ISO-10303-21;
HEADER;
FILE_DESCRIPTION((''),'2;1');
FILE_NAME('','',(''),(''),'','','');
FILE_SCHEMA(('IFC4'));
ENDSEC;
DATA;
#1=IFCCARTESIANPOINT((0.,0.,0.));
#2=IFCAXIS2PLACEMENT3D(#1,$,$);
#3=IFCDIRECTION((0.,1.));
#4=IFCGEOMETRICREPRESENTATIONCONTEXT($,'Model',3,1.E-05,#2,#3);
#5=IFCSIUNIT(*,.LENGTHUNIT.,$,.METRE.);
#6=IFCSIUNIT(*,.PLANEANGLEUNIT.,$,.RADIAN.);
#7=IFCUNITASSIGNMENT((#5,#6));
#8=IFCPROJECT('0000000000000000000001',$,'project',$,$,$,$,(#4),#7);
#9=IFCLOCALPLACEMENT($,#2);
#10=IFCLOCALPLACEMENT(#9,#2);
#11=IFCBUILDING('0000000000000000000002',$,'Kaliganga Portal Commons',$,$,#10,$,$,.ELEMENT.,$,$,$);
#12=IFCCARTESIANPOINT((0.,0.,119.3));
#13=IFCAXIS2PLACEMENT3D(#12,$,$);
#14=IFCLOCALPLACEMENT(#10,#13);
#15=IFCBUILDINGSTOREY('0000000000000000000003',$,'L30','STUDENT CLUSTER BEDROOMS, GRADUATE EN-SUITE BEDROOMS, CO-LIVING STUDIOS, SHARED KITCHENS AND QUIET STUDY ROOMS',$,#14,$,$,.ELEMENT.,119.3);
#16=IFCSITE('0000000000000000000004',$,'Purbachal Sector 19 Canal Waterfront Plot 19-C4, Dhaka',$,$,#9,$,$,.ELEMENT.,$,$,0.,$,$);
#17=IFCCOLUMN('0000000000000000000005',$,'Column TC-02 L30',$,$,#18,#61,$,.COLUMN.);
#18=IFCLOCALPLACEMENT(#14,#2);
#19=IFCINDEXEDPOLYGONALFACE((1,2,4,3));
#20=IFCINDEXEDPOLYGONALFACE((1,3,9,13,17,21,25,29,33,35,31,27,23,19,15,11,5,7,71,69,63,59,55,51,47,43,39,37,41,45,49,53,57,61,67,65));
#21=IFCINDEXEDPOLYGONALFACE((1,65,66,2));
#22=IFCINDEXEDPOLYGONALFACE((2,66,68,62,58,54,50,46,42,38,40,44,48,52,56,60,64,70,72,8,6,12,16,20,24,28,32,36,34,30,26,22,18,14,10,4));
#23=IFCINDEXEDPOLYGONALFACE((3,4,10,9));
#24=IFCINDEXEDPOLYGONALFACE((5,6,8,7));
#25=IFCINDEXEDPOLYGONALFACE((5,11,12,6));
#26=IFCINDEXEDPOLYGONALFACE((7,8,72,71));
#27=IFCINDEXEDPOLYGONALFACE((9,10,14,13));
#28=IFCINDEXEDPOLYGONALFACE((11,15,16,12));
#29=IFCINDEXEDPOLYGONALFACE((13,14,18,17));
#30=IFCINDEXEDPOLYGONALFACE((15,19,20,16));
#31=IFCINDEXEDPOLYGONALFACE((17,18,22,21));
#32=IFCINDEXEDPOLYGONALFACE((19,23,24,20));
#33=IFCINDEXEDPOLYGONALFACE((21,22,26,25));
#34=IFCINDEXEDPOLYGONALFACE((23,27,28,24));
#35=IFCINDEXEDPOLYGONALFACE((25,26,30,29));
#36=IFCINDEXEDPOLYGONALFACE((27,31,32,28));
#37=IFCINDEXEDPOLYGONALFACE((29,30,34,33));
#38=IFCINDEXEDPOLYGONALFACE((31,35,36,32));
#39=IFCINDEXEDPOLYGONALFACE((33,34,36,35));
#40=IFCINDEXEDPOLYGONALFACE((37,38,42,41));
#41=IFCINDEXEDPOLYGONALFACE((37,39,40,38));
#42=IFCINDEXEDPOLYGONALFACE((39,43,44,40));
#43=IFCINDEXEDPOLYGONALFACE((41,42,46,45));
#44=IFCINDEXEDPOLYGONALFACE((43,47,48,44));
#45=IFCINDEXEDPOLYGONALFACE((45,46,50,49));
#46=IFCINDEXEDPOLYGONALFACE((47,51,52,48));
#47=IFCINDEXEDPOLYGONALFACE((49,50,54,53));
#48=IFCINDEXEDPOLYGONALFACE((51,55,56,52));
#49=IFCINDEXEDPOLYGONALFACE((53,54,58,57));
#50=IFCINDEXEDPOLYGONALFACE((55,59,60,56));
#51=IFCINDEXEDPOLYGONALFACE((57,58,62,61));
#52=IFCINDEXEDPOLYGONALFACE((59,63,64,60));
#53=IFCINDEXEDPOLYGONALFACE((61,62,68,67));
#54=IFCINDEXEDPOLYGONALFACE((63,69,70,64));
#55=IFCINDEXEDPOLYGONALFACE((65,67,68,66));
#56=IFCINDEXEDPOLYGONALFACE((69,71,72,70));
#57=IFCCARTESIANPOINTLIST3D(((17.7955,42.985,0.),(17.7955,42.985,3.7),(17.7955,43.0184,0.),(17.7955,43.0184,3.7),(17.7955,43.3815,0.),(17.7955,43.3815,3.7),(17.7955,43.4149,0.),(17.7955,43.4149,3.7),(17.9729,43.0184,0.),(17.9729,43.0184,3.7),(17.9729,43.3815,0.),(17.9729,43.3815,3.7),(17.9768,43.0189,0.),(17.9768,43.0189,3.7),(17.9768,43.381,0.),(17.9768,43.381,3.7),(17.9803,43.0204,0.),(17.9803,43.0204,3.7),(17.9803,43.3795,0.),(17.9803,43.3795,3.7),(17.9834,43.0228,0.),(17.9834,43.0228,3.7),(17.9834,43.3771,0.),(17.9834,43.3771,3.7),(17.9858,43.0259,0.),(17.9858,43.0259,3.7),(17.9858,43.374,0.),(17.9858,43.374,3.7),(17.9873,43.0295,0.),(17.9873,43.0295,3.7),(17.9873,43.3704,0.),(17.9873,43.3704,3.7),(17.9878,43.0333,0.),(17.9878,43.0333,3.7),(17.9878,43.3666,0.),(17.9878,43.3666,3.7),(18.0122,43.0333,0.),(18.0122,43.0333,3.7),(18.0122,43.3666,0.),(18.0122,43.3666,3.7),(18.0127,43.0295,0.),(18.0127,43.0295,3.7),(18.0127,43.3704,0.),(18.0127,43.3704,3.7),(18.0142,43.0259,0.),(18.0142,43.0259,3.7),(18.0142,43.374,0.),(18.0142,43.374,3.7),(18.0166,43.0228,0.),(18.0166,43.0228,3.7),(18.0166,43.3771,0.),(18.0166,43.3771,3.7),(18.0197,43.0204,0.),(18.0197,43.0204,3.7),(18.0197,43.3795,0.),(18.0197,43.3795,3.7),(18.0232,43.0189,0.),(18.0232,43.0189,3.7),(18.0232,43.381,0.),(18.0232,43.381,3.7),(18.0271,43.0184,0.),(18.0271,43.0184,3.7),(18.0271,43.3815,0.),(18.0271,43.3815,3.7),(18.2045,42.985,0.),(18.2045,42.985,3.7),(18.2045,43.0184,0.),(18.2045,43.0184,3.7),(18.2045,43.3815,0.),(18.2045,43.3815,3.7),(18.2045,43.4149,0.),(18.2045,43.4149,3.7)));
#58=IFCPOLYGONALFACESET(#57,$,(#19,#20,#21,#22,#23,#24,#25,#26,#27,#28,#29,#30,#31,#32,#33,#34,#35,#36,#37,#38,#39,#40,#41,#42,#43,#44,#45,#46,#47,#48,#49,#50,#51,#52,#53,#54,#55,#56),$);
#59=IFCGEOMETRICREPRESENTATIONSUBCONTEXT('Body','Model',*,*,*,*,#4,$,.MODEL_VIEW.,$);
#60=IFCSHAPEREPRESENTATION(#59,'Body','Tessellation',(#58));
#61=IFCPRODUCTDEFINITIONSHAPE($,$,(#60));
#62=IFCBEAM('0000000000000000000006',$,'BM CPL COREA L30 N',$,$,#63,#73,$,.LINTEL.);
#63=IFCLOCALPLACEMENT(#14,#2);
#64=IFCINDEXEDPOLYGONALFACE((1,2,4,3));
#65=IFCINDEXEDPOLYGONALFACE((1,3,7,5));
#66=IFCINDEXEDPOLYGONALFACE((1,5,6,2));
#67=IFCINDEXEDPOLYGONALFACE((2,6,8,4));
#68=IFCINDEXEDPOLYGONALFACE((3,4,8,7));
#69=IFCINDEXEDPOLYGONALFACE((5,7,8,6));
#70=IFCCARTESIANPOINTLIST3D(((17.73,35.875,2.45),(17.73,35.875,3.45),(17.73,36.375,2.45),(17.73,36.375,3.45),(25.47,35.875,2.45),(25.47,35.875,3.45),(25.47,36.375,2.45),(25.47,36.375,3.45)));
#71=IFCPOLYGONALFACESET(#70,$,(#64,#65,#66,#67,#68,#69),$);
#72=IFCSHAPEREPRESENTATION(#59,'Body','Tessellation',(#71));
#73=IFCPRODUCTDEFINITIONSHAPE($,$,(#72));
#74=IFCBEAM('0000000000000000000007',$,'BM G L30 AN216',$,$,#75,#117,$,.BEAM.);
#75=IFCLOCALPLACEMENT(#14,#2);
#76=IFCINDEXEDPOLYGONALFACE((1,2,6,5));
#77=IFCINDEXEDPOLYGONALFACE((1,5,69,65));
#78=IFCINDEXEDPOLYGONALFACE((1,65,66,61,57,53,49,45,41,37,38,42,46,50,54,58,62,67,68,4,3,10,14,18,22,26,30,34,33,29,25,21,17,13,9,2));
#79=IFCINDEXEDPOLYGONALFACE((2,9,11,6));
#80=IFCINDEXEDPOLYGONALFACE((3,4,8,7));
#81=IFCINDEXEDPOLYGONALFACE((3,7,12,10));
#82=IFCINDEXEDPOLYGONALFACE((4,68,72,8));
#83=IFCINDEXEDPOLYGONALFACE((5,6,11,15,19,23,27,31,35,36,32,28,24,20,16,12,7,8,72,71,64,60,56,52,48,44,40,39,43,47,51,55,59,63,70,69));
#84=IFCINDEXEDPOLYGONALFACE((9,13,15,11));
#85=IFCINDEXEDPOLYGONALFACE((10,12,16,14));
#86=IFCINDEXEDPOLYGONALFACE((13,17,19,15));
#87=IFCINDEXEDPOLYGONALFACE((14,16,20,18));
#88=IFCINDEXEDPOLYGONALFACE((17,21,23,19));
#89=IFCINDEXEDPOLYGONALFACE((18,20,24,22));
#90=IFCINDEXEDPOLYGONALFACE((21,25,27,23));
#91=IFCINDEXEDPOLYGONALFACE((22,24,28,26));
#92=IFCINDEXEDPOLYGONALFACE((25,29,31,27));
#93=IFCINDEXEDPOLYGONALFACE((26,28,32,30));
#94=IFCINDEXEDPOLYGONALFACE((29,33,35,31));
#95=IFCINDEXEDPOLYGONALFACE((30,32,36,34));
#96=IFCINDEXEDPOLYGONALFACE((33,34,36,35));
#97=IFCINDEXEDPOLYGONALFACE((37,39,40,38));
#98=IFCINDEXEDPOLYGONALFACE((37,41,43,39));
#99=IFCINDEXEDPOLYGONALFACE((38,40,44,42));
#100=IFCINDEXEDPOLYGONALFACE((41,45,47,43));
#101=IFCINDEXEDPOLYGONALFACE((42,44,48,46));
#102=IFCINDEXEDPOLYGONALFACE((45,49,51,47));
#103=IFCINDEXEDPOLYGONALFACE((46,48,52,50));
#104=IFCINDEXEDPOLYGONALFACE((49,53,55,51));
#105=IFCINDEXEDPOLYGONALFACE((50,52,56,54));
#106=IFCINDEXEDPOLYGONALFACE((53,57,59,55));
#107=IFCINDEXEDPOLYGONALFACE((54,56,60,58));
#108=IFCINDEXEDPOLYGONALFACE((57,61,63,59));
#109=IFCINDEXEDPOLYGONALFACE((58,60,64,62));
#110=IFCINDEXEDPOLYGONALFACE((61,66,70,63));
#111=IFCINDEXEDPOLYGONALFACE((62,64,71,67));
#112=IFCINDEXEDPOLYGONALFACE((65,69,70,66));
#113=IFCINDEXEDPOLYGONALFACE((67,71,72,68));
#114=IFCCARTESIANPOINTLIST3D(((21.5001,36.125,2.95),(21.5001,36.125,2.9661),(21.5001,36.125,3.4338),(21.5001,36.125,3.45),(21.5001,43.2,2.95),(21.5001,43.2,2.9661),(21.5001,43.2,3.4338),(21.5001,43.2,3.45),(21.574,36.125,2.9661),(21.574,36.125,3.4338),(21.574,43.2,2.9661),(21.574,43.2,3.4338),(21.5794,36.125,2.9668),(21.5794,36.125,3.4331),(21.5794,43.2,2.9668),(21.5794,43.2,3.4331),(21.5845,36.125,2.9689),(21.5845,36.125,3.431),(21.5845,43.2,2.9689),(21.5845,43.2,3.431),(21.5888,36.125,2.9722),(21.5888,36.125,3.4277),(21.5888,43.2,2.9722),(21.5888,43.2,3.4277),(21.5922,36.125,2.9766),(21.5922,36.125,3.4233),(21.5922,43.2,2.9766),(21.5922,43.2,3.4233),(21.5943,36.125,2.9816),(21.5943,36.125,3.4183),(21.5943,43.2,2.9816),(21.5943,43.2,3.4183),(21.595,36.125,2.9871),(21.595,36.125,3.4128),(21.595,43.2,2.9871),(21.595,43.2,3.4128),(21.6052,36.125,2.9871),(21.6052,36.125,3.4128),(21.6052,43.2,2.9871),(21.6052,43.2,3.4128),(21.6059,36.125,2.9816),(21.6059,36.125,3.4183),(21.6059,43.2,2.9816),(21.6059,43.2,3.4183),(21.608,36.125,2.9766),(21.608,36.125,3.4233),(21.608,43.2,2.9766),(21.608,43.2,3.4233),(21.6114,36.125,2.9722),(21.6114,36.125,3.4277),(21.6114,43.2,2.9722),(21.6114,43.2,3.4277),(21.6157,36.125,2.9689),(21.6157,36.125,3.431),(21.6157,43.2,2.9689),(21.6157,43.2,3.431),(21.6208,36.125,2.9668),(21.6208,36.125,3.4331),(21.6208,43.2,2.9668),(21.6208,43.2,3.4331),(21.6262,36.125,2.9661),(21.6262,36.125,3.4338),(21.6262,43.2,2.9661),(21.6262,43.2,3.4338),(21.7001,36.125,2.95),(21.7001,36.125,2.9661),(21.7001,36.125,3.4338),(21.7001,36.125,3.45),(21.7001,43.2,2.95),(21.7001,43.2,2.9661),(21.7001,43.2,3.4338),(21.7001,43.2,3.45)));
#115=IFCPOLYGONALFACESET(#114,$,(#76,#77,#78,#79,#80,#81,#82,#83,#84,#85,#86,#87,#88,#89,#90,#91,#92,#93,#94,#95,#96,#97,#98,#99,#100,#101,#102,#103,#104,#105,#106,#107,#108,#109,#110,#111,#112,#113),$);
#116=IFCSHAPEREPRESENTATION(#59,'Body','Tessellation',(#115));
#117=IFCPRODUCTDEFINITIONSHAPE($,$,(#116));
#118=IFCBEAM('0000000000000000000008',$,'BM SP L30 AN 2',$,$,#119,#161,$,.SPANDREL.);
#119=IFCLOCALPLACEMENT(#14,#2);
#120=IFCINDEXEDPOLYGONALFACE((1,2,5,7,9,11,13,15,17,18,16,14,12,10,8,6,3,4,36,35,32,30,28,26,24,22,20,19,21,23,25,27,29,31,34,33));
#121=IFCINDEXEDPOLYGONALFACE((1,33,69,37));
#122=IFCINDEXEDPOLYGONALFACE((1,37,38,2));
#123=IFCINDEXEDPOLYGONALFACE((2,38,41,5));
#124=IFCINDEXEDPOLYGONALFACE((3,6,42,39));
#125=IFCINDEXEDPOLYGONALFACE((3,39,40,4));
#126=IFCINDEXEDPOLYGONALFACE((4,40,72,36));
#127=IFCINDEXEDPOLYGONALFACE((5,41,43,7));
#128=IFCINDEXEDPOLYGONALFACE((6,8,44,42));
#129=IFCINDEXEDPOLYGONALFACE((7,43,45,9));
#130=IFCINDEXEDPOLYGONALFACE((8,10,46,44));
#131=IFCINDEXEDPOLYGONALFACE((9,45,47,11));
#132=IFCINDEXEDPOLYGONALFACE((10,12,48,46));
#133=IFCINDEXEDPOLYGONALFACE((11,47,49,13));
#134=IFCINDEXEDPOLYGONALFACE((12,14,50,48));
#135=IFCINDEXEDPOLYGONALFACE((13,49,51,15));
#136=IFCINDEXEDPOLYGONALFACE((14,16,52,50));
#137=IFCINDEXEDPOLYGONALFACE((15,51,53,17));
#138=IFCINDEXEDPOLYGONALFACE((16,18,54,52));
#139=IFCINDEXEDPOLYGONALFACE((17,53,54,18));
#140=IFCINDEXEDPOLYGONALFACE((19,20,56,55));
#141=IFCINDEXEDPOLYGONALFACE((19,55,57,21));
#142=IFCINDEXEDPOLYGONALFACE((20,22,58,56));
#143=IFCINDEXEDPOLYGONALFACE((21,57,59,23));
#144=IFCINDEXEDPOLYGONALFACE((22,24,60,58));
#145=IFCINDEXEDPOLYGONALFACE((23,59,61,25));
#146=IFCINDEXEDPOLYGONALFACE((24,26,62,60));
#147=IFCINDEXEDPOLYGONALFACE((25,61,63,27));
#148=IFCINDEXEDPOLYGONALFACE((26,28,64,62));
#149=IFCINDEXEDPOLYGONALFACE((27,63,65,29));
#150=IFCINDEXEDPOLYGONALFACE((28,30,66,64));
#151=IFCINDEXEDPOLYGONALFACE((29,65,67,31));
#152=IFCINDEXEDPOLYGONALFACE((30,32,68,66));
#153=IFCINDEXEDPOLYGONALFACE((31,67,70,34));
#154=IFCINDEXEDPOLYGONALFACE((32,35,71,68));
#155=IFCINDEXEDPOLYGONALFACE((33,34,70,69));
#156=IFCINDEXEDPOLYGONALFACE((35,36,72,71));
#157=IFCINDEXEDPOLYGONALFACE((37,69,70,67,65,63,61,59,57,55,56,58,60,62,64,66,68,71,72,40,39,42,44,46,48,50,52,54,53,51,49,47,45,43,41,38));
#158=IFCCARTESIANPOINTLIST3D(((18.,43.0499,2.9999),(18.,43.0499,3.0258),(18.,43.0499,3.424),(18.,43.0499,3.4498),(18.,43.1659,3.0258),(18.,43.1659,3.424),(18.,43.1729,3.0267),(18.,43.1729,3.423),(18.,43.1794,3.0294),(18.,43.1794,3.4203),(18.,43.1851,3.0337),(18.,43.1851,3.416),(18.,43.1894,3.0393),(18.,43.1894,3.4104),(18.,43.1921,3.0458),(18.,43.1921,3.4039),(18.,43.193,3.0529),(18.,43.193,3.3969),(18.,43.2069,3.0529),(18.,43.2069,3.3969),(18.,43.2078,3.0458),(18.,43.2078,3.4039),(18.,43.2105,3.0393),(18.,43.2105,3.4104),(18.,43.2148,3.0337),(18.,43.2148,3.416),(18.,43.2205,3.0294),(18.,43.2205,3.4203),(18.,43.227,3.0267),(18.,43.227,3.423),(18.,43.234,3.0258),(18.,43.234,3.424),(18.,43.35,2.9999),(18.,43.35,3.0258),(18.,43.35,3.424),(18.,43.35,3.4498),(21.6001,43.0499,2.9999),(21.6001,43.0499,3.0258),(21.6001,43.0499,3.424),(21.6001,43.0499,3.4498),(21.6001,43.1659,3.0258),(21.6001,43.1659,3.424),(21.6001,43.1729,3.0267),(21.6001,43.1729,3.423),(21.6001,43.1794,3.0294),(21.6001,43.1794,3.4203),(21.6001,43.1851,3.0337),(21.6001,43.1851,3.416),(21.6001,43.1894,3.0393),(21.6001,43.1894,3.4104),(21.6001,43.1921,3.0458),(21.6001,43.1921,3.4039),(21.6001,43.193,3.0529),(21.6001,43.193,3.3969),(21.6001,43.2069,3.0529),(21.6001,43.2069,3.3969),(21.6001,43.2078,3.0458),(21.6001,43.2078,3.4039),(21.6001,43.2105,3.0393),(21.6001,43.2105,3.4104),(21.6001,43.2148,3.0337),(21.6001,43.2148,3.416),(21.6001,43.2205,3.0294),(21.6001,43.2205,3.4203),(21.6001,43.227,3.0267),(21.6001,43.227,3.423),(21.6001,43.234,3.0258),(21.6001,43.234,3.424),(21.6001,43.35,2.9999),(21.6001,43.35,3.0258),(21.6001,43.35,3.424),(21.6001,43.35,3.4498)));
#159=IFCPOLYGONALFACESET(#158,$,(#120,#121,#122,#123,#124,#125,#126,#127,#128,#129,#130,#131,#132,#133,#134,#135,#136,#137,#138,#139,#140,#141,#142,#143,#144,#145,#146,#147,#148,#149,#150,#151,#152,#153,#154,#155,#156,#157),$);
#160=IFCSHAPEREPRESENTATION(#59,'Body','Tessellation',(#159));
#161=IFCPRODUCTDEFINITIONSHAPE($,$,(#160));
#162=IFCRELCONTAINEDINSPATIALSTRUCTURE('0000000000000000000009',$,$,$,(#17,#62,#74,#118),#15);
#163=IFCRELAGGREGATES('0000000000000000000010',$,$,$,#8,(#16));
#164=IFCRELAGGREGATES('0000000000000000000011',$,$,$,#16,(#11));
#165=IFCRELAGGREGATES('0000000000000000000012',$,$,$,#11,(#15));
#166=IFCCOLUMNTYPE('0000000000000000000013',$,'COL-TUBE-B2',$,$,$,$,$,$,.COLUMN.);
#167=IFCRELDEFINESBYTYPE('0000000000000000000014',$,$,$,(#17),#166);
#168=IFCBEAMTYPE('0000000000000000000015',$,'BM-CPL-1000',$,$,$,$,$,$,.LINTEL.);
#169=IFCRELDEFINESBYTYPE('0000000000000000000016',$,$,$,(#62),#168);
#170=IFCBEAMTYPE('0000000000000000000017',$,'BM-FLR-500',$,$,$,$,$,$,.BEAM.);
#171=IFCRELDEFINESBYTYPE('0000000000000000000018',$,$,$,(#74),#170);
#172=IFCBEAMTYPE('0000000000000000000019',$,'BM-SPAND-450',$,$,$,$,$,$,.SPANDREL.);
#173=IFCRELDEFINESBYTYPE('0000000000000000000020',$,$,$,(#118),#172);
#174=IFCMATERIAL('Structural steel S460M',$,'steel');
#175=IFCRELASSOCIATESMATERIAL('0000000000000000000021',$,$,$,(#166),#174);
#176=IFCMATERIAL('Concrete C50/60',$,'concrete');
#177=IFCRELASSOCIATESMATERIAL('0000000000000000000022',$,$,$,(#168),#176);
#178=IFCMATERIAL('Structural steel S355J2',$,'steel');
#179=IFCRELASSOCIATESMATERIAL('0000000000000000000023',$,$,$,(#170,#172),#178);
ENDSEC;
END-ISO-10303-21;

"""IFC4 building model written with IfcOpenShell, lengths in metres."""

from ifc_helpers import new_model, si_unit, direction, frame, origin, origin_2d, place, context, subcontext, project, spatial, rectangle, i_section, extrude, source, transform, mapped, material, material_profile, profile_set, type_object, element, save


model = new_model("IFC4")

# Units and contexts
model_context = context("Model", 3, precision=1e-05, world=origin(), true_north=direction((0.0, 1.0)))
body_context = subcontext(model_context, "Body", "Model", "MODEL_VIEW")
ifc_project = project(units=[si_unit("LENGTHUNIT", "METRE"), si_unit("PLANEANGLEUNIT", "RADIAN")], contexts=[model_context])

# Site, building, storey
site_placement = place(None, origin())
site = spatial("IfcSite", under=ifc_project, at=site_placement, Name="Purbachal Sector 19 Canal Waterfront Plot 19-C4, Dhaka", CompositionType="ELEMENT", RefElevation=0.0)
building_placement = place(site_placement, origin())
building = spatial("IfcBuilding", under=site, at=building_placement, Name="Kaliganga Portal Commons", CompositionType="ELEMENT")
storey_placement = place(building_placement, frame((0.0, 0.0, 119.3)))
storey = spatial("IfcBuildingStorey", under=building, at=storey_placement, Name="L30", Description="STUDENT CLUSTER BEDROOMS, GRADUATE EN-SUITE BEDROOMS, CO-LIVING STUDIOS, SHARED KITCHENS AND QUIET STUDY ROOMS", CompositionType="ELEMENT", Elevation=119.3)

# Column
ifc_material_1 = material(Name="Structural steel S460M", Category="steel")
ifc_material_profile_1 = material_profile(ifc_material_1, i_section(OverallWidth=0.4089, OverallDepth=0.4299, WebThickness=0.0244, FlangeThickness=0.0334, FilletRadius=0.0149, at=origin_2d()), Name="HD 400x421")
ifc_profile_set_1 = profile_set([ifc_material_profile_1], Name="Structural steel S460M wide-flange")
column_type = type_object("IfcColumnType", Name="COL-TUBE-B2", PredefinedType="COLUMN", material=ifc_profile_set_1)
shared_shape_1 = source(origin(), body_context, "Body", "SweptSolid", [
    extrude(i_section(OverallWidth=0.4089, OverallDepth=0.4299, WebThickness=0.0244, FlangeThickness=0.0334, FilletRadius=0.0149, at=origin_2d()), origin(), (0.0, 0.0, 1.0), 3.7),
])
column_placement = place(storey_placement, frame((18.0, 43.2, 0.0), z_axis=(0.0, 0.0, 1.0), x_axis=(1.0, 0.0, 0.0)))
element("IfcColumn", 1, at=column_placement, inside=storey, type_object=column_type, Name="Column TC-02 L30", PredefinedType="COLUMN", context=body_context, shape_type="MappedRepresentation", body=[
    mapped(shared_shape_1, transform((0.0, 0.0, 0.0), x_axis=(1.0, 0.0, 0.0), y_axis=(0.0, 1.0, 0.0), z_axis=(0.0, 0.0, 1.0), scale=1.0)),
])

# Beams
ifc_material_2 = material(Name="Concrete C50/60", Category="concrete")
ifc_material_profile_2 = material_profile(ifc_material_2, rectangle(XDim=0.5, YDim=1.0, at=origin_2d()), Name="RC 500x1000")
ifc_profile_set_2 = profile_set([ifc_material_profile_2], Name="Concrete C50/60")
beam_type_1 = type_object("IfcBeamType", Name="BM-CPL-1000", PredefinedType="LINTEL", material=ifc_profile_set_2)
shared_shape_2 = source(origin(), body_context, "Body", "SweptSolid", [
    extrude(rectangle(XDim=0.5, YDim=1.0, at=origin_2d()), origin(), (0.0, 0.0, 1.0), 7.74),
])
beam_1_placement = place(storey_placement, frame((17.73, 36.125, 2.95), z_axis=(1.0, 0.0, 0.0), x_axis=(0.0, 1.0, 0.0)))
element("IfcBeam", 2, at=beam_1_placement, inside=storey, type_object=beam_type_1, Name="BM CPL COREA L30 N", PredefinedType="LINTEL", context=body_context, shape_type="MappedRepresentation", body=[
    mapped(shared_shape_2, transform((0.0, 0.0, 0.0), x_axis=(1.0, 0.0, 0.0), y_axis=(0.0, 1.0, 0.0), z_axis=(0.0, 0.0, 1.0), scale=1.0)),
])
ifc_material_3 = material(Name="Structural steel S355J2", Category="steel")
ifc_material_profile_3 = material_profile(ifc_material_3, i_section(OverallWidth=0.2, OverallDepth=0.5, WebThickness=0.0103, FlangeThickness=0.0161, FilletRadius=0.021, at=origin_2d()), Name="IPE 500")
ifc_profile_set_3 = profile_set([ifc_material_profile_3], Name="Structural steel S355J2 wide-flange")
beam_type_2 = type_object("IfcBeamType", Name="BM-FLR-500", PredefinedType="BEAM", material=ifc_profile_set_3)
shared_shape_3 = source(origin(), body_context, "Body", "SweptSolid", [
    extrude(i_section(OverallWidth=0.2, OverallDepth=0.5, WebThickness=0.0103, FlangeThickness=0.0161, FilletRadius=0.021, at=origin_2d()), origin(), (0.0, 0.0, 1.0), 7.075),
])
beam_2_placement = place(storey_placement, frame((21.6001, 36.125, 3.2), z_axis=(0.0, 1.0, 0.0), x_axis=(-1.0, 0.0, 0.0)))
element("IfcBeam", 3, at=beam_2_placement, inside=storey, type_object=beam_type_2, Name="BM G L30 AN216", PredefinedType="BEAM", context=body_context, shape_type="MappedRepresentation", body=[
    mapped(shared_shape_3, transform((0.0, 0.0, 0.0), x_axis=(1.0, 0.0, 0.0), y_axis=(0.0, 1.0, 0.0), z_axis=(0.0, 0.0, 1.0), scale=1.0)),
])
ifc_material_profile_4 = material_profile(ifc_material_3, i_section(OverallWidth=0.3, OverallDepth=0.45, WebThickness=0.0139, FlangeThickness=0.0259, FilletRadius=0.0271, at=origin_2d()), Name="HE 450 B")
ifc_profile_set_4 = profile_set([ifc_material_profile_4], Name="Structural steel S355J2 wide-flange")
beam_type_3 = type_object("IfcBeamType", Name="BM-SPAND-450", PredefinedType="SPANDREL", material=ifc_profile_set_4)
shared_shape_4 = source(origin(), body_context, "Body", "SweptSolid", [
    extrude(i_section(OverallWidth=0.3, OverallDepth=0.45, WebThickness=0.0139, FlangeThickness=0.0259, FilletRadius=0.0271, at=origin_2d()), origin(), (0.0, 0.0, 1.0), 3.6001),
])
beam_3_placement = place(storey_placement, frame((18.0, 43.2, 3.2249), z_axis=(1.0, 0.0, 0.0), x_axis=(0.0, 1.0, 0.0)))
element("IfcBeam", 4, at=beam_3_placement, inside=storey, type_object=beam_type_3, Name="BM SP L30 AN 2", PredefinedType="SPANDREL", context=body_context, shape_type="MappedRepresentation", body=[
    mapped(shared_shape_4, transform((0.0, 0.0, 0.0), x_axis=(1.0, 0.0, 0.0), y_axis=(0.0, 1.0, 0.0), z_axis=(0.0, 0.0, 1.0), scale=1.0)),
])

save(model, "model.ifc")
